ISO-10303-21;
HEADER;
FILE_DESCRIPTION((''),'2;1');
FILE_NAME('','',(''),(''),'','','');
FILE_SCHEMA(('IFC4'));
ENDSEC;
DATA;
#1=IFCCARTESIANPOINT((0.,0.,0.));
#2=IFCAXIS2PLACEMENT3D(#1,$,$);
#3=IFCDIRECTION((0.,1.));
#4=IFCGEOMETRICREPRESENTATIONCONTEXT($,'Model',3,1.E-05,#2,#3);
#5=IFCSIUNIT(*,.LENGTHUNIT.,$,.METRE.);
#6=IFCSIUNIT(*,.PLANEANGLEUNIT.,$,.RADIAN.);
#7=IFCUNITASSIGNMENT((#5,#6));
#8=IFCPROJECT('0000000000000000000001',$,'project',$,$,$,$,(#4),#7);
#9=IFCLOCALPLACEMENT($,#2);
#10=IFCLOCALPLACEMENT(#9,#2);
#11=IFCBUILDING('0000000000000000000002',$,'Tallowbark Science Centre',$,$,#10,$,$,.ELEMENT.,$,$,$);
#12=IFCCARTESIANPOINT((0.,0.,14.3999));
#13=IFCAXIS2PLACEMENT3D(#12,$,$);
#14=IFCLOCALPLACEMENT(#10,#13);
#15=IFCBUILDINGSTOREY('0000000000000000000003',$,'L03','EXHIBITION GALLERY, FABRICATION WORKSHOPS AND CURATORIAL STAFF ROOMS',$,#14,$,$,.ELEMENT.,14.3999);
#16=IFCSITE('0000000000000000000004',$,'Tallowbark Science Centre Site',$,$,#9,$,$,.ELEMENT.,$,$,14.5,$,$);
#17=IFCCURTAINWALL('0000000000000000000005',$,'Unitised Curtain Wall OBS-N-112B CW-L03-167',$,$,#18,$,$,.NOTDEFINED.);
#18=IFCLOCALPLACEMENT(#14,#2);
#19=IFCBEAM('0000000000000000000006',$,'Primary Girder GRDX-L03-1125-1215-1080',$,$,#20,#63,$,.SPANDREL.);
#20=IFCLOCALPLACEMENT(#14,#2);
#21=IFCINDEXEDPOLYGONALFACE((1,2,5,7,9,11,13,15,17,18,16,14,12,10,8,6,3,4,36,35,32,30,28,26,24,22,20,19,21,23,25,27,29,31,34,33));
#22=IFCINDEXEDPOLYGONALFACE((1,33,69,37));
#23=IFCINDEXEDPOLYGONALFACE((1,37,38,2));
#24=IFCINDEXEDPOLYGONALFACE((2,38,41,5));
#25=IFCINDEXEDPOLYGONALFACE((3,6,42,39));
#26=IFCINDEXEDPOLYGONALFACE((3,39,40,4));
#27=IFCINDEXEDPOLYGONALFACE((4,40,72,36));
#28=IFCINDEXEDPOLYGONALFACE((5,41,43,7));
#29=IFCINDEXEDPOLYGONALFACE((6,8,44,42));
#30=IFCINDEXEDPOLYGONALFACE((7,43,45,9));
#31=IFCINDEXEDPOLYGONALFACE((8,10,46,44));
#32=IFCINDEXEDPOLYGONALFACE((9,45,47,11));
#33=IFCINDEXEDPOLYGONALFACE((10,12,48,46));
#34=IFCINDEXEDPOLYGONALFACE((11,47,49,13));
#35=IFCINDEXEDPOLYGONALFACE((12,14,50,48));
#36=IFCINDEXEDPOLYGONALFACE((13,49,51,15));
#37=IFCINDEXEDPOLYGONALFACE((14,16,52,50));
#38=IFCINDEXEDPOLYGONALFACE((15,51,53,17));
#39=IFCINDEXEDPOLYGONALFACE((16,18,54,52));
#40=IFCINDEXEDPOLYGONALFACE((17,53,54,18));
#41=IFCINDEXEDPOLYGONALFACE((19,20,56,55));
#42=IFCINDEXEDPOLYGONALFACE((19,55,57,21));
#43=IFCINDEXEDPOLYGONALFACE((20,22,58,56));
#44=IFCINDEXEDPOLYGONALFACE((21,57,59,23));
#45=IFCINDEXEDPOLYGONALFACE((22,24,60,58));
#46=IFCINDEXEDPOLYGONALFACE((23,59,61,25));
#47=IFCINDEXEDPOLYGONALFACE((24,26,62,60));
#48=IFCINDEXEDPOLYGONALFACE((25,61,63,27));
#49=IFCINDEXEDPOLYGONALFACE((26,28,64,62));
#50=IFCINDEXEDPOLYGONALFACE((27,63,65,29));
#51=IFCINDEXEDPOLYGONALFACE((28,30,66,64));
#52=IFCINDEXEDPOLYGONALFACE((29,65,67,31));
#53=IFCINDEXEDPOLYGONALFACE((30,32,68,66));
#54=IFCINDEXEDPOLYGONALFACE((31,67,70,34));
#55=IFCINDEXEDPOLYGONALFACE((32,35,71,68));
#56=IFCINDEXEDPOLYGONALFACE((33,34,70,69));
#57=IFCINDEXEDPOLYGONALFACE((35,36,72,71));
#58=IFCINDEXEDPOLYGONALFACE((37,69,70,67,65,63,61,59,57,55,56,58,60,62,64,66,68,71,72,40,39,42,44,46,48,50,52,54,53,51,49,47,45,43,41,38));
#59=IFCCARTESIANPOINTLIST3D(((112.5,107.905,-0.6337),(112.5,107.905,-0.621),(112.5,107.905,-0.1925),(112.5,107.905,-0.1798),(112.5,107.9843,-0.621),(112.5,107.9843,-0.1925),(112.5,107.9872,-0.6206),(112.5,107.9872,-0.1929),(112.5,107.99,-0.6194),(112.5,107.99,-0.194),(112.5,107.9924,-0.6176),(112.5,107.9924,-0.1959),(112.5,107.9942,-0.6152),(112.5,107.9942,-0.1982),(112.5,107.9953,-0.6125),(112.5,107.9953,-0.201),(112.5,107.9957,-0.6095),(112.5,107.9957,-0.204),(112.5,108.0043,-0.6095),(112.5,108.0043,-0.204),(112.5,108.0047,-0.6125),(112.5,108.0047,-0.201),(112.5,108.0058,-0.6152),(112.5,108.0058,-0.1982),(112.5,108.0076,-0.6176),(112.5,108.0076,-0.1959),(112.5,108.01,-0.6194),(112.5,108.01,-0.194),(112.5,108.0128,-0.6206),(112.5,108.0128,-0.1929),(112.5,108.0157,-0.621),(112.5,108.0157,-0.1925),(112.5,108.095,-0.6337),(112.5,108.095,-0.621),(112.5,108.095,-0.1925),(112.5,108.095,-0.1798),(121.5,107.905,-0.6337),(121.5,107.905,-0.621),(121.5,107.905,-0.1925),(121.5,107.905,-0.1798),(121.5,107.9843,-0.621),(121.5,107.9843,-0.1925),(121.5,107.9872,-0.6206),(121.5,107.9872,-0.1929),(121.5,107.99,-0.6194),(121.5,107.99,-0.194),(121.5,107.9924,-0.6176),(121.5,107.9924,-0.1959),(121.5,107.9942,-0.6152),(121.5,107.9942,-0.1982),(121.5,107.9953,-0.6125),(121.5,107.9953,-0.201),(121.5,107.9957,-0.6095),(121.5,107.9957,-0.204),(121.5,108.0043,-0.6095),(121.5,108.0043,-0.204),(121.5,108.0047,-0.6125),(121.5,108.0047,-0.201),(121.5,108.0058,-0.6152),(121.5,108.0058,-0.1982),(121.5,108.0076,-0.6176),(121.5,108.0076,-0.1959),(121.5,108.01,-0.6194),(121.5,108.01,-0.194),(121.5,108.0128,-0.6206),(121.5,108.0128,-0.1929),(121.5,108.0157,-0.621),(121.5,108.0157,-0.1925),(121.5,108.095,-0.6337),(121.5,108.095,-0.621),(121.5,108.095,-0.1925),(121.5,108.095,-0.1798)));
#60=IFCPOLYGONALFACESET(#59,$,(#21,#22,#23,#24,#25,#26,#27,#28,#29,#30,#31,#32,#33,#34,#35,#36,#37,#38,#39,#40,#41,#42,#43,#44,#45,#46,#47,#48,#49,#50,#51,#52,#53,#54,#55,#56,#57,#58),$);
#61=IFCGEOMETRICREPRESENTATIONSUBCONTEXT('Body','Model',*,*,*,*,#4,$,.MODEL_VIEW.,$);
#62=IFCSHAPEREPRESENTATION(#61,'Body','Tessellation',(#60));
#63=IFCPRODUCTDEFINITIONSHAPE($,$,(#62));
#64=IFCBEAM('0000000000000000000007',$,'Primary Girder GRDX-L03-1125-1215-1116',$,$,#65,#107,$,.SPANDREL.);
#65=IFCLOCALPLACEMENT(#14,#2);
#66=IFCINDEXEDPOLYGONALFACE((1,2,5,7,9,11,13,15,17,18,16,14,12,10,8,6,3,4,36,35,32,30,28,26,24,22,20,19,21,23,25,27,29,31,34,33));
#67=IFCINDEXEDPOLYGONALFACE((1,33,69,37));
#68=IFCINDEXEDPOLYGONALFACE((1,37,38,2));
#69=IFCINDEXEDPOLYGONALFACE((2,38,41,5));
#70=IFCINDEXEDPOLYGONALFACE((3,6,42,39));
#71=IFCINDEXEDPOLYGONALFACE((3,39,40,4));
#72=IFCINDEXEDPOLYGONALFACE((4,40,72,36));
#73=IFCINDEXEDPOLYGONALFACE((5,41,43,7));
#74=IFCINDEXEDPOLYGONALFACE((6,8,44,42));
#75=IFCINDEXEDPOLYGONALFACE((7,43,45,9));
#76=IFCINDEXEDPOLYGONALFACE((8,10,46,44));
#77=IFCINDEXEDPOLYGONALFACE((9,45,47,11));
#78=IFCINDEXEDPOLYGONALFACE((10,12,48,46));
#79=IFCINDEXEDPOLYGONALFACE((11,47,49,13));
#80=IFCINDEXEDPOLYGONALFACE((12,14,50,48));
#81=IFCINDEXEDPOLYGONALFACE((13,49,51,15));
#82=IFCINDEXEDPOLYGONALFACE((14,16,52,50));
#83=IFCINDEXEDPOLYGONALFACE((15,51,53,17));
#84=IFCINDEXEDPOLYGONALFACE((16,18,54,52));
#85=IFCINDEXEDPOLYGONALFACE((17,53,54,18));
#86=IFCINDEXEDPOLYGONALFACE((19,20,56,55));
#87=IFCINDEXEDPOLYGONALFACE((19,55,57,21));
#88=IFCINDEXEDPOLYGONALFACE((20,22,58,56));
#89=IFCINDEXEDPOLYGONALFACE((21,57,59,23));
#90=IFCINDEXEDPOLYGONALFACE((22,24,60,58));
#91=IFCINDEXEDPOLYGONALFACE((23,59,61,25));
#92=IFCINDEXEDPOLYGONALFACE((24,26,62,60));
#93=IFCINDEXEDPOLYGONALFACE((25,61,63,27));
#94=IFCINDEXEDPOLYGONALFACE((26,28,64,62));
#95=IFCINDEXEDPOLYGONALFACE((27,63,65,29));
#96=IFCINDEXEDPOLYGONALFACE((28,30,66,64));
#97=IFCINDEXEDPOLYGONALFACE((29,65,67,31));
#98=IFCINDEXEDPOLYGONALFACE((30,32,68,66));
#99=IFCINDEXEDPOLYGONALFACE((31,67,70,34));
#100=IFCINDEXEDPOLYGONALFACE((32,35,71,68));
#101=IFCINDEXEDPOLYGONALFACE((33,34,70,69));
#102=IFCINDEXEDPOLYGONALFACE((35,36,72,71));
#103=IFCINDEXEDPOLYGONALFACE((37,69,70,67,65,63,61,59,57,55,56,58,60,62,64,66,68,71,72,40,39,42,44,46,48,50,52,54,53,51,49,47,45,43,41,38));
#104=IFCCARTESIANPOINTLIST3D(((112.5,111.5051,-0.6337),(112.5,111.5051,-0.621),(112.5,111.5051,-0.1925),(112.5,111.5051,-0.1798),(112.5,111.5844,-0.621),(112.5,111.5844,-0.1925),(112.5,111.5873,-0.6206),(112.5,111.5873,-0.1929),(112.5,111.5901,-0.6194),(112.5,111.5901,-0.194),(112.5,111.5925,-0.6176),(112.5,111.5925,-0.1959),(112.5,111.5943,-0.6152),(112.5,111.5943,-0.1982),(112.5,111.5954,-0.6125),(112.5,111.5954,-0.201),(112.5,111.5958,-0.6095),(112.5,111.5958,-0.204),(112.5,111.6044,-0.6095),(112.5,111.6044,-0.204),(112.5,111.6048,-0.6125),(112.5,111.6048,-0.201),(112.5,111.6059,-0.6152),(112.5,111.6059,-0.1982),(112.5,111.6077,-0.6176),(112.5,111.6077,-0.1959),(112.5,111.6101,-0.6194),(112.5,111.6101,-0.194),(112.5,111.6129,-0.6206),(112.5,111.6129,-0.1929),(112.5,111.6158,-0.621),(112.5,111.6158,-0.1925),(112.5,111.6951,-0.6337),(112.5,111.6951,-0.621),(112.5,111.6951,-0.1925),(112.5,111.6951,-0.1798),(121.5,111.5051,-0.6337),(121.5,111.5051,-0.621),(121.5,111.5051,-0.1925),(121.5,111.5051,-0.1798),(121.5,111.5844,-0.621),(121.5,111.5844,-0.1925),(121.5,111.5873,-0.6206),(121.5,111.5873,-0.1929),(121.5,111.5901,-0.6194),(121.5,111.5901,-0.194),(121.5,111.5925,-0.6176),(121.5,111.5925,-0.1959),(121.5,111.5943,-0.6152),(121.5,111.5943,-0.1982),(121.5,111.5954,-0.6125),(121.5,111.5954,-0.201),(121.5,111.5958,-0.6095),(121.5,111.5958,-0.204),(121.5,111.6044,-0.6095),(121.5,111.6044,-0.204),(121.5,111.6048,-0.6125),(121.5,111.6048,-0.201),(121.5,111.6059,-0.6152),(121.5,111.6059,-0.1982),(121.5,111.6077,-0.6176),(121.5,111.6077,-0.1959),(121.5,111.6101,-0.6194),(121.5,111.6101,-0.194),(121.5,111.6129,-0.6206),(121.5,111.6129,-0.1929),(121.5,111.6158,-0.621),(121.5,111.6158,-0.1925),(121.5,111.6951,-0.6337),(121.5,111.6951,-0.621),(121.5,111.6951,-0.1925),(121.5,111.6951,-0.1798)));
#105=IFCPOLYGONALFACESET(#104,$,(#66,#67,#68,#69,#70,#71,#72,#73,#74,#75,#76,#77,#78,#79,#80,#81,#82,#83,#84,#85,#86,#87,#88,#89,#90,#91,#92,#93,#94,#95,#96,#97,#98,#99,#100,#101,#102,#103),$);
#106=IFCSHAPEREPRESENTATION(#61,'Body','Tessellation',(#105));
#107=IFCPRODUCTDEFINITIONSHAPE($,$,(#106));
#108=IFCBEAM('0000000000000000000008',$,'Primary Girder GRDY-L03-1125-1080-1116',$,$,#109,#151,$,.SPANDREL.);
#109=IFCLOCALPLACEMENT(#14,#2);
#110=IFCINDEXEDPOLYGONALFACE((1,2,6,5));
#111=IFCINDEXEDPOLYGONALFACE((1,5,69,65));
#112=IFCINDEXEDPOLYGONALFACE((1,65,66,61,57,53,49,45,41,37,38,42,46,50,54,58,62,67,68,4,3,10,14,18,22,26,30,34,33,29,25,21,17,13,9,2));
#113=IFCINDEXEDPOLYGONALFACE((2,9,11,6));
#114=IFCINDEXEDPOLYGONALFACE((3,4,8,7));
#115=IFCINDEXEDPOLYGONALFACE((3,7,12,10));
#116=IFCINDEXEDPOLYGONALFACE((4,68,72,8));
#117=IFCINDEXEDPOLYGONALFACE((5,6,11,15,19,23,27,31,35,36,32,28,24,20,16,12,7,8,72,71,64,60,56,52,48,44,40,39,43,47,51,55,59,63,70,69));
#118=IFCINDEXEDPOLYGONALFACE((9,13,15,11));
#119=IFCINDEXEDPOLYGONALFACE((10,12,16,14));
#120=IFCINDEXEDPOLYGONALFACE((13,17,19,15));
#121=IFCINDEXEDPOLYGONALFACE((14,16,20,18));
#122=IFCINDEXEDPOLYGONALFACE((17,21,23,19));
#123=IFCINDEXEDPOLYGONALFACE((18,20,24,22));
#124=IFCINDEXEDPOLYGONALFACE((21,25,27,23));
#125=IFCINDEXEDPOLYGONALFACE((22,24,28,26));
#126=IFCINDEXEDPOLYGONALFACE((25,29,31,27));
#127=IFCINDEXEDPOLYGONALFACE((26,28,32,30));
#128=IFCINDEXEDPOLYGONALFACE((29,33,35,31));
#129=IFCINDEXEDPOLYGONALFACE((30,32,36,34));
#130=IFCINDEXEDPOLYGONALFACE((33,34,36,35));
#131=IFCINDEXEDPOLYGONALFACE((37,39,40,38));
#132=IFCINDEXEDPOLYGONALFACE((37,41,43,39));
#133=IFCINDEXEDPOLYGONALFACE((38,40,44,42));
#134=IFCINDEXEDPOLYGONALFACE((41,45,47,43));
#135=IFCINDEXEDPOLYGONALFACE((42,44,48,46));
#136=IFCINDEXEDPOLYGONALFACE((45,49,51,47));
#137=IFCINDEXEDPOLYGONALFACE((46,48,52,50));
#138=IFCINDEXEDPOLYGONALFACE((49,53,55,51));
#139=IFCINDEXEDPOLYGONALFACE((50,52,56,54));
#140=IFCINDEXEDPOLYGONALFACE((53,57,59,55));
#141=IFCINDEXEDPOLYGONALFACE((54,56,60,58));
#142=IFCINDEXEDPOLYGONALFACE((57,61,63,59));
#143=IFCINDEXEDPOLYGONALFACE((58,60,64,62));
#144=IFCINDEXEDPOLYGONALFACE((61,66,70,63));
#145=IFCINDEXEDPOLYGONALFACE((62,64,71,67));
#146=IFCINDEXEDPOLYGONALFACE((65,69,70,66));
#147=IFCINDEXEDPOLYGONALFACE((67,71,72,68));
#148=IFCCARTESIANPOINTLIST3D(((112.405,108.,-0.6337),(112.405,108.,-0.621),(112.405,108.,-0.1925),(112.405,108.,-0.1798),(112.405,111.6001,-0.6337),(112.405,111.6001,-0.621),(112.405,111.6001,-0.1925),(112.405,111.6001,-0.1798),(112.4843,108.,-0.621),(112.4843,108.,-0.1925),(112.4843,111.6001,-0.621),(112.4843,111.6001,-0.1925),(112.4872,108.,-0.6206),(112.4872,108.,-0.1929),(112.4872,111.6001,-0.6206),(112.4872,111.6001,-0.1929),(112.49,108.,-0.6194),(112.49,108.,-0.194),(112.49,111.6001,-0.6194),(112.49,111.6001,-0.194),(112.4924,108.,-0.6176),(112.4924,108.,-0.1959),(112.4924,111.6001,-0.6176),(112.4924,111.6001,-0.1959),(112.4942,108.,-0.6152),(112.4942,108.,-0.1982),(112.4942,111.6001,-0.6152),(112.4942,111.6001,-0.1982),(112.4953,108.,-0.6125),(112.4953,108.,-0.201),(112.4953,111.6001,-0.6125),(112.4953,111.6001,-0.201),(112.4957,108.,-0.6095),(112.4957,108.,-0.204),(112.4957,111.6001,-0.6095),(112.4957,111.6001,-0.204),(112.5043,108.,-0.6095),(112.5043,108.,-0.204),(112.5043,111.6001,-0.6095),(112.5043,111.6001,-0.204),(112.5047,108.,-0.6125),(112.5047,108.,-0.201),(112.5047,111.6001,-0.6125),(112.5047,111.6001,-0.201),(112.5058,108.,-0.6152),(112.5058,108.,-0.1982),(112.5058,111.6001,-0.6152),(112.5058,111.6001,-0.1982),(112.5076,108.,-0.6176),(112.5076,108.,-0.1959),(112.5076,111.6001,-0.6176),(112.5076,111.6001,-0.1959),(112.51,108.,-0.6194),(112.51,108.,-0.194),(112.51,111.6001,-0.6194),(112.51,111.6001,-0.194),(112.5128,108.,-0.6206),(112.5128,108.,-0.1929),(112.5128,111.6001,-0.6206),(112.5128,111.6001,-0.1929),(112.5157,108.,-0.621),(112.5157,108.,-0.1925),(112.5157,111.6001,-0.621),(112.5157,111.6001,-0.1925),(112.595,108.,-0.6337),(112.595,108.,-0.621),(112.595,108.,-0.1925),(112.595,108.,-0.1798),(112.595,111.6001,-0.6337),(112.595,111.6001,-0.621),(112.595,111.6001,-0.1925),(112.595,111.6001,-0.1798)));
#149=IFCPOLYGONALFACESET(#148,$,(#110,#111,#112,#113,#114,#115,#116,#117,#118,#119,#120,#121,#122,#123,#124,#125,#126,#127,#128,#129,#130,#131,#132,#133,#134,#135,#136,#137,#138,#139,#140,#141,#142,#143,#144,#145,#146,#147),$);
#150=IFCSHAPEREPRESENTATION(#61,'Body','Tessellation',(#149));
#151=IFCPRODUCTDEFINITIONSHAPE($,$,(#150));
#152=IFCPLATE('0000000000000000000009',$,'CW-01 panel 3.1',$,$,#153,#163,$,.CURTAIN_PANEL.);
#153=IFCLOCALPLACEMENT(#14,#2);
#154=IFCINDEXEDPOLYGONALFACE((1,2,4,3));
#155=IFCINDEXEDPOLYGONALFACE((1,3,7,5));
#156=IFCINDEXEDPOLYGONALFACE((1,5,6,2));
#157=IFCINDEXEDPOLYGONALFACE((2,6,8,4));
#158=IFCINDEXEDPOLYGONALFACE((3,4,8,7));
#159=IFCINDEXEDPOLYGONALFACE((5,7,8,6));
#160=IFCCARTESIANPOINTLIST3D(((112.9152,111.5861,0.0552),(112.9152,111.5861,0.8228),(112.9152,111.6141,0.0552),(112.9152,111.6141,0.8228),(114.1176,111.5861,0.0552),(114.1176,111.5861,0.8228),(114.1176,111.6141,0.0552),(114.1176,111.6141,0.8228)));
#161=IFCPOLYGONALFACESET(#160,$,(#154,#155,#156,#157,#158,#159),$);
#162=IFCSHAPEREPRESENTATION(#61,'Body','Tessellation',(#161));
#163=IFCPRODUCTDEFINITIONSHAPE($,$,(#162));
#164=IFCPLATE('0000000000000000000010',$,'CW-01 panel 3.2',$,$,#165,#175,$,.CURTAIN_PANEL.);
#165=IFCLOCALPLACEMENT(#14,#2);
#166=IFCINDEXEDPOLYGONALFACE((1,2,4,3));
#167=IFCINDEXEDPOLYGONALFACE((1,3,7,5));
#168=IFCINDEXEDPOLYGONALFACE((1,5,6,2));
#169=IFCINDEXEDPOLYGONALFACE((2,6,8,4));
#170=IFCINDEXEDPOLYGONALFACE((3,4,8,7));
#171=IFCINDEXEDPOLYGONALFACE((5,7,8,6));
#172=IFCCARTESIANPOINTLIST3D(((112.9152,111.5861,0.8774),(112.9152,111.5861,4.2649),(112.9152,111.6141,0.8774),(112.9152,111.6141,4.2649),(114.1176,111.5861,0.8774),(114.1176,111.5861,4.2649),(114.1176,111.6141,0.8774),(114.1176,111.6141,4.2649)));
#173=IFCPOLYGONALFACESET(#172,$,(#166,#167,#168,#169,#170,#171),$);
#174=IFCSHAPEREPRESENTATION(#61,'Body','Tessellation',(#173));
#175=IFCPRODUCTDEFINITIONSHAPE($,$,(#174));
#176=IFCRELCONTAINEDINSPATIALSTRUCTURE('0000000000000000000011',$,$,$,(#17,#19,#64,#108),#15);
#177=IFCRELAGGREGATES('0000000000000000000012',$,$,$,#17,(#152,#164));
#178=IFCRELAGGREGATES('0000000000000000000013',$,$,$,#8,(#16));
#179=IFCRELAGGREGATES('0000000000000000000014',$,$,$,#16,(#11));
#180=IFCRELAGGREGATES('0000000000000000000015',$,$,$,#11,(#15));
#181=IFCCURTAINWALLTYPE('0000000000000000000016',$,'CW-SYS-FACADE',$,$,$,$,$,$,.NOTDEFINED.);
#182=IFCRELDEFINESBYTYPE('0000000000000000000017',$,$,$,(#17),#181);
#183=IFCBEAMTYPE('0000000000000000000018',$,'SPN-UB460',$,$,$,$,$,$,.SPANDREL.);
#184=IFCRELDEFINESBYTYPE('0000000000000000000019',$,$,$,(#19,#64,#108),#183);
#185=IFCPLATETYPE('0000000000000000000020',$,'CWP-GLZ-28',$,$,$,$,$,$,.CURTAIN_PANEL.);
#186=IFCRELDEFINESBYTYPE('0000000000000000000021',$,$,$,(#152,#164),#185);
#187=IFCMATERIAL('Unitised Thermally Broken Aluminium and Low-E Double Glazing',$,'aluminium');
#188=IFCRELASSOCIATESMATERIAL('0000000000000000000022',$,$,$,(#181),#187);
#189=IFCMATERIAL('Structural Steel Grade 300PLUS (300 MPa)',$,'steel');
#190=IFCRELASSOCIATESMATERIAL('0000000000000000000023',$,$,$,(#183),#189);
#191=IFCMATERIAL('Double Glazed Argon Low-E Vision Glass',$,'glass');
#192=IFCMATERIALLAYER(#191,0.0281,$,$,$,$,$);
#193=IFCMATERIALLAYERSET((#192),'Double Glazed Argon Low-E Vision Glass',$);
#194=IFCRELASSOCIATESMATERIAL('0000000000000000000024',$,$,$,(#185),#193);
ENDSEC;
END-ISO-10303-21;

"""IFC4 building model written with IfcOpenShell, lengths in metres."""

from ifc_helpers import new_model, si_unit, direction, frame, origin, origin_2d, place, context, subcontext, project, spatial, rectangle, i_section, extrude, material, layer, layer_set, material_profile, profile_set, type_object, element, aggregate, save


model = new_model("IFC4")

# Units and contexts
model_context = context("Model", 3, precision=1e-05, world=origin(), true_north=direction((0.0, 1.0)))
body_context = subcontext(model_context, "Body", "Model", "MODEL_VIEW")
ifc_project = project(units=[si_unit("LENGTHUNIT", "METRE"), si_unit("PLANEANGLEUNIT", "RADIAN")], contexts=[model_context])

# Site, building, storey
site_placement = place(None, origin())
site = spatial("IfcSite", under=ifc_project, at=site_placement, Name="Tallowbark Science Centre Site", CompositionType="ELEMENT", RefElevation=14.5)
building_placement = place(site_placement, origin())
building = spatial("IfcBuilding", under=site, at=building_placement, Name="Tallowbark Science Centre", CompositionType="ELEMENT")
storey_placement = place(building_placement, frame((0.0, 0.0, 14.3999)))
storey = spatial("IfcBuildingStorey", under=building, at=storey_placement, Name="L03", Description="EXHIBITION GALLERY, FABRICATION WORKSHOPS AND CURATORIAL STAFF ROOMS", CompositionType="ELEMENT", Elevation=14.3999)

# Shared definitions
ifc_material_1 = material(Name="Structural Steel Grade 300PLUS (300 MPa)", Category="steel")

# Curtain wall
ifc_material_2 = material(Name="Unitised Thermally Broken Aluminium and Low-E Double Glazing", Category="aluminium")
curtain_wall_type = type_object("IfcCurtainWallType", Name="CW-SYS-FACADE", PredefinedType="NOTDEFINED", material=ifc_material_2)
curtain_wall_placement = place(storey_placement, origin())
curtain_wall = element("IfcCurtainWall", 1, at=curtain_wall_placement, inside=storey, type_object=curtain_wall_type, Name="Unitised Curtain Wall OBS-N-112B CW-L03-167", PredefinedType="NOTDEFINED")

# Beams
ifc_material_profile_1 = material_profile(ifc_material_1, i_section(OverallWidth=0.1899, OverallDepth=0.4539, WebThickness=0.0085, FlangeThickness=0.0127, FilletRadius=0.0115, at=origin_2d()), Name="460UB67.1")
ifc_profile_set_1 = profile_set([ifc_material_profile_1], Name="Structural Steel Grade 300PLUS (300 MPa)")
beam_type = type_object("IfcBeamType", Name="SPN-UB460", PredefinedType="SPANDREL", material=ifc_profile_set_1)
for number, where, z_axis, x_axis, name in (
    (2, (112.5, 108.0, -0.4067), (1.0, 0.0, 0.0), (0.0, 1.0, 0.0), "Primary Girder GRDX-L03-1125-1215-1080"),
    (3, (112.5, 111.6001, -0.4067), (1.0, 0.0, 0.0), (0.0, 1.0, 0.0), "Primary Girder GRDX-L03-1125-1215-1116"),
):
    element("IfcBeam", number, at=place(storey_placement, frame(where, z_axis=z_axis, x_axis=x_axis)), inside=storey, type_object=beam_type, Name=name, PredefinedType="SPANDREL", context=body_context, shape_type="SweptSolid", body=[
        extrude(i_section(OverallWidth=0.1899, OverallDepth=0.4539, WebThickness=0.0085, FlangeThickness=0.0127, FilletRadius=0.0115, at=origin_2d()), origin(), (0.0, 0.0, 1.0), 9.0),
    ])
beam_placement = place(storey_placement, frame((112.5, 108.0, -0.4067), z_axis=(0.0, 1.0, 0.0), x_axis=(-1.0, 0.0, 0.0)))
element("IfcBeam", 4, at=beam_placement, inside=storey, type_object=beam_type, Name="Primary Girder GRDY-L03-1125-1080-1116", PredefinedType="SPANDREL", context=body_context, shape_type="SweptSolid", body=[
    extrude(i_section(OverallWidth=0.1899, OverallDepth=0.4539, WebThickness=0.0085, FlangeThickness=0.0127, FilletRadius=0.0115, at=origin_2d()), origin(), (0.0, 0.0, 1.0), 3.6001),
])

# Plates
ifc_material_3 = material(Name="Double Glazed Argon Low-E Vision Glass", Category="glass")
ifc_layer_1 = layer(ifc_material_3, 0.0281)
ifc_layer_set_1 = layer_set([ifc_layer_1], Name="Double Glazed Argon Low-E Vision Glass")
plate_type = type_object("IfcPlateType", Name="CWP-GLZ-28", PredefinedType="CURTAIN_PANEL", material=ifc_layer_set_1)
plate_1_placement = place(storey_placement, frame((113.5164, 111.6001, 0.0552), z_axis=(0.0, 0.0, 1.0), x_axis=(-1.0, 0.0, 0.0)))
plate_1 = element("IfcPlate", 5, at=plate_1_placement, type_object=plate_type, Name="CW-01 panel 3.1", PredefinedType="CURTAIN_PANEL", context=body_context, shape_type="SweptSolid", body=[
    extrude(rectangle(XDim=1.2024, YDim=0.0281, at=origin_2d()), origin(), (0.0, 0.0, 1.0), 0.7676),
])
plate_2_placement = place(storey_placement, frame((113.5164, 111.6001, 0.8774), z_axis=(0.0, 0.0, 1.0), x_axis=(-1.0, 0.0, 0.0)))
plate_2 = element("IfcPlate", 6, at=plate_2_placement, type_object=plate_type, Name="CW-01 panel 3.2", PredefinedType="CURTAIN_PANEL", context=body_context, shape_type="SweptSolid", body=[
    extrude(rectangle(XDim=1.2024, YDim=0.0281, at=origin_2d()), origin(), (0.0, 0.0, 1.0), 3.3875),
])
aggregate(curtain_wall, [plate_1, plate_2])

save(model, "model.ifc")
